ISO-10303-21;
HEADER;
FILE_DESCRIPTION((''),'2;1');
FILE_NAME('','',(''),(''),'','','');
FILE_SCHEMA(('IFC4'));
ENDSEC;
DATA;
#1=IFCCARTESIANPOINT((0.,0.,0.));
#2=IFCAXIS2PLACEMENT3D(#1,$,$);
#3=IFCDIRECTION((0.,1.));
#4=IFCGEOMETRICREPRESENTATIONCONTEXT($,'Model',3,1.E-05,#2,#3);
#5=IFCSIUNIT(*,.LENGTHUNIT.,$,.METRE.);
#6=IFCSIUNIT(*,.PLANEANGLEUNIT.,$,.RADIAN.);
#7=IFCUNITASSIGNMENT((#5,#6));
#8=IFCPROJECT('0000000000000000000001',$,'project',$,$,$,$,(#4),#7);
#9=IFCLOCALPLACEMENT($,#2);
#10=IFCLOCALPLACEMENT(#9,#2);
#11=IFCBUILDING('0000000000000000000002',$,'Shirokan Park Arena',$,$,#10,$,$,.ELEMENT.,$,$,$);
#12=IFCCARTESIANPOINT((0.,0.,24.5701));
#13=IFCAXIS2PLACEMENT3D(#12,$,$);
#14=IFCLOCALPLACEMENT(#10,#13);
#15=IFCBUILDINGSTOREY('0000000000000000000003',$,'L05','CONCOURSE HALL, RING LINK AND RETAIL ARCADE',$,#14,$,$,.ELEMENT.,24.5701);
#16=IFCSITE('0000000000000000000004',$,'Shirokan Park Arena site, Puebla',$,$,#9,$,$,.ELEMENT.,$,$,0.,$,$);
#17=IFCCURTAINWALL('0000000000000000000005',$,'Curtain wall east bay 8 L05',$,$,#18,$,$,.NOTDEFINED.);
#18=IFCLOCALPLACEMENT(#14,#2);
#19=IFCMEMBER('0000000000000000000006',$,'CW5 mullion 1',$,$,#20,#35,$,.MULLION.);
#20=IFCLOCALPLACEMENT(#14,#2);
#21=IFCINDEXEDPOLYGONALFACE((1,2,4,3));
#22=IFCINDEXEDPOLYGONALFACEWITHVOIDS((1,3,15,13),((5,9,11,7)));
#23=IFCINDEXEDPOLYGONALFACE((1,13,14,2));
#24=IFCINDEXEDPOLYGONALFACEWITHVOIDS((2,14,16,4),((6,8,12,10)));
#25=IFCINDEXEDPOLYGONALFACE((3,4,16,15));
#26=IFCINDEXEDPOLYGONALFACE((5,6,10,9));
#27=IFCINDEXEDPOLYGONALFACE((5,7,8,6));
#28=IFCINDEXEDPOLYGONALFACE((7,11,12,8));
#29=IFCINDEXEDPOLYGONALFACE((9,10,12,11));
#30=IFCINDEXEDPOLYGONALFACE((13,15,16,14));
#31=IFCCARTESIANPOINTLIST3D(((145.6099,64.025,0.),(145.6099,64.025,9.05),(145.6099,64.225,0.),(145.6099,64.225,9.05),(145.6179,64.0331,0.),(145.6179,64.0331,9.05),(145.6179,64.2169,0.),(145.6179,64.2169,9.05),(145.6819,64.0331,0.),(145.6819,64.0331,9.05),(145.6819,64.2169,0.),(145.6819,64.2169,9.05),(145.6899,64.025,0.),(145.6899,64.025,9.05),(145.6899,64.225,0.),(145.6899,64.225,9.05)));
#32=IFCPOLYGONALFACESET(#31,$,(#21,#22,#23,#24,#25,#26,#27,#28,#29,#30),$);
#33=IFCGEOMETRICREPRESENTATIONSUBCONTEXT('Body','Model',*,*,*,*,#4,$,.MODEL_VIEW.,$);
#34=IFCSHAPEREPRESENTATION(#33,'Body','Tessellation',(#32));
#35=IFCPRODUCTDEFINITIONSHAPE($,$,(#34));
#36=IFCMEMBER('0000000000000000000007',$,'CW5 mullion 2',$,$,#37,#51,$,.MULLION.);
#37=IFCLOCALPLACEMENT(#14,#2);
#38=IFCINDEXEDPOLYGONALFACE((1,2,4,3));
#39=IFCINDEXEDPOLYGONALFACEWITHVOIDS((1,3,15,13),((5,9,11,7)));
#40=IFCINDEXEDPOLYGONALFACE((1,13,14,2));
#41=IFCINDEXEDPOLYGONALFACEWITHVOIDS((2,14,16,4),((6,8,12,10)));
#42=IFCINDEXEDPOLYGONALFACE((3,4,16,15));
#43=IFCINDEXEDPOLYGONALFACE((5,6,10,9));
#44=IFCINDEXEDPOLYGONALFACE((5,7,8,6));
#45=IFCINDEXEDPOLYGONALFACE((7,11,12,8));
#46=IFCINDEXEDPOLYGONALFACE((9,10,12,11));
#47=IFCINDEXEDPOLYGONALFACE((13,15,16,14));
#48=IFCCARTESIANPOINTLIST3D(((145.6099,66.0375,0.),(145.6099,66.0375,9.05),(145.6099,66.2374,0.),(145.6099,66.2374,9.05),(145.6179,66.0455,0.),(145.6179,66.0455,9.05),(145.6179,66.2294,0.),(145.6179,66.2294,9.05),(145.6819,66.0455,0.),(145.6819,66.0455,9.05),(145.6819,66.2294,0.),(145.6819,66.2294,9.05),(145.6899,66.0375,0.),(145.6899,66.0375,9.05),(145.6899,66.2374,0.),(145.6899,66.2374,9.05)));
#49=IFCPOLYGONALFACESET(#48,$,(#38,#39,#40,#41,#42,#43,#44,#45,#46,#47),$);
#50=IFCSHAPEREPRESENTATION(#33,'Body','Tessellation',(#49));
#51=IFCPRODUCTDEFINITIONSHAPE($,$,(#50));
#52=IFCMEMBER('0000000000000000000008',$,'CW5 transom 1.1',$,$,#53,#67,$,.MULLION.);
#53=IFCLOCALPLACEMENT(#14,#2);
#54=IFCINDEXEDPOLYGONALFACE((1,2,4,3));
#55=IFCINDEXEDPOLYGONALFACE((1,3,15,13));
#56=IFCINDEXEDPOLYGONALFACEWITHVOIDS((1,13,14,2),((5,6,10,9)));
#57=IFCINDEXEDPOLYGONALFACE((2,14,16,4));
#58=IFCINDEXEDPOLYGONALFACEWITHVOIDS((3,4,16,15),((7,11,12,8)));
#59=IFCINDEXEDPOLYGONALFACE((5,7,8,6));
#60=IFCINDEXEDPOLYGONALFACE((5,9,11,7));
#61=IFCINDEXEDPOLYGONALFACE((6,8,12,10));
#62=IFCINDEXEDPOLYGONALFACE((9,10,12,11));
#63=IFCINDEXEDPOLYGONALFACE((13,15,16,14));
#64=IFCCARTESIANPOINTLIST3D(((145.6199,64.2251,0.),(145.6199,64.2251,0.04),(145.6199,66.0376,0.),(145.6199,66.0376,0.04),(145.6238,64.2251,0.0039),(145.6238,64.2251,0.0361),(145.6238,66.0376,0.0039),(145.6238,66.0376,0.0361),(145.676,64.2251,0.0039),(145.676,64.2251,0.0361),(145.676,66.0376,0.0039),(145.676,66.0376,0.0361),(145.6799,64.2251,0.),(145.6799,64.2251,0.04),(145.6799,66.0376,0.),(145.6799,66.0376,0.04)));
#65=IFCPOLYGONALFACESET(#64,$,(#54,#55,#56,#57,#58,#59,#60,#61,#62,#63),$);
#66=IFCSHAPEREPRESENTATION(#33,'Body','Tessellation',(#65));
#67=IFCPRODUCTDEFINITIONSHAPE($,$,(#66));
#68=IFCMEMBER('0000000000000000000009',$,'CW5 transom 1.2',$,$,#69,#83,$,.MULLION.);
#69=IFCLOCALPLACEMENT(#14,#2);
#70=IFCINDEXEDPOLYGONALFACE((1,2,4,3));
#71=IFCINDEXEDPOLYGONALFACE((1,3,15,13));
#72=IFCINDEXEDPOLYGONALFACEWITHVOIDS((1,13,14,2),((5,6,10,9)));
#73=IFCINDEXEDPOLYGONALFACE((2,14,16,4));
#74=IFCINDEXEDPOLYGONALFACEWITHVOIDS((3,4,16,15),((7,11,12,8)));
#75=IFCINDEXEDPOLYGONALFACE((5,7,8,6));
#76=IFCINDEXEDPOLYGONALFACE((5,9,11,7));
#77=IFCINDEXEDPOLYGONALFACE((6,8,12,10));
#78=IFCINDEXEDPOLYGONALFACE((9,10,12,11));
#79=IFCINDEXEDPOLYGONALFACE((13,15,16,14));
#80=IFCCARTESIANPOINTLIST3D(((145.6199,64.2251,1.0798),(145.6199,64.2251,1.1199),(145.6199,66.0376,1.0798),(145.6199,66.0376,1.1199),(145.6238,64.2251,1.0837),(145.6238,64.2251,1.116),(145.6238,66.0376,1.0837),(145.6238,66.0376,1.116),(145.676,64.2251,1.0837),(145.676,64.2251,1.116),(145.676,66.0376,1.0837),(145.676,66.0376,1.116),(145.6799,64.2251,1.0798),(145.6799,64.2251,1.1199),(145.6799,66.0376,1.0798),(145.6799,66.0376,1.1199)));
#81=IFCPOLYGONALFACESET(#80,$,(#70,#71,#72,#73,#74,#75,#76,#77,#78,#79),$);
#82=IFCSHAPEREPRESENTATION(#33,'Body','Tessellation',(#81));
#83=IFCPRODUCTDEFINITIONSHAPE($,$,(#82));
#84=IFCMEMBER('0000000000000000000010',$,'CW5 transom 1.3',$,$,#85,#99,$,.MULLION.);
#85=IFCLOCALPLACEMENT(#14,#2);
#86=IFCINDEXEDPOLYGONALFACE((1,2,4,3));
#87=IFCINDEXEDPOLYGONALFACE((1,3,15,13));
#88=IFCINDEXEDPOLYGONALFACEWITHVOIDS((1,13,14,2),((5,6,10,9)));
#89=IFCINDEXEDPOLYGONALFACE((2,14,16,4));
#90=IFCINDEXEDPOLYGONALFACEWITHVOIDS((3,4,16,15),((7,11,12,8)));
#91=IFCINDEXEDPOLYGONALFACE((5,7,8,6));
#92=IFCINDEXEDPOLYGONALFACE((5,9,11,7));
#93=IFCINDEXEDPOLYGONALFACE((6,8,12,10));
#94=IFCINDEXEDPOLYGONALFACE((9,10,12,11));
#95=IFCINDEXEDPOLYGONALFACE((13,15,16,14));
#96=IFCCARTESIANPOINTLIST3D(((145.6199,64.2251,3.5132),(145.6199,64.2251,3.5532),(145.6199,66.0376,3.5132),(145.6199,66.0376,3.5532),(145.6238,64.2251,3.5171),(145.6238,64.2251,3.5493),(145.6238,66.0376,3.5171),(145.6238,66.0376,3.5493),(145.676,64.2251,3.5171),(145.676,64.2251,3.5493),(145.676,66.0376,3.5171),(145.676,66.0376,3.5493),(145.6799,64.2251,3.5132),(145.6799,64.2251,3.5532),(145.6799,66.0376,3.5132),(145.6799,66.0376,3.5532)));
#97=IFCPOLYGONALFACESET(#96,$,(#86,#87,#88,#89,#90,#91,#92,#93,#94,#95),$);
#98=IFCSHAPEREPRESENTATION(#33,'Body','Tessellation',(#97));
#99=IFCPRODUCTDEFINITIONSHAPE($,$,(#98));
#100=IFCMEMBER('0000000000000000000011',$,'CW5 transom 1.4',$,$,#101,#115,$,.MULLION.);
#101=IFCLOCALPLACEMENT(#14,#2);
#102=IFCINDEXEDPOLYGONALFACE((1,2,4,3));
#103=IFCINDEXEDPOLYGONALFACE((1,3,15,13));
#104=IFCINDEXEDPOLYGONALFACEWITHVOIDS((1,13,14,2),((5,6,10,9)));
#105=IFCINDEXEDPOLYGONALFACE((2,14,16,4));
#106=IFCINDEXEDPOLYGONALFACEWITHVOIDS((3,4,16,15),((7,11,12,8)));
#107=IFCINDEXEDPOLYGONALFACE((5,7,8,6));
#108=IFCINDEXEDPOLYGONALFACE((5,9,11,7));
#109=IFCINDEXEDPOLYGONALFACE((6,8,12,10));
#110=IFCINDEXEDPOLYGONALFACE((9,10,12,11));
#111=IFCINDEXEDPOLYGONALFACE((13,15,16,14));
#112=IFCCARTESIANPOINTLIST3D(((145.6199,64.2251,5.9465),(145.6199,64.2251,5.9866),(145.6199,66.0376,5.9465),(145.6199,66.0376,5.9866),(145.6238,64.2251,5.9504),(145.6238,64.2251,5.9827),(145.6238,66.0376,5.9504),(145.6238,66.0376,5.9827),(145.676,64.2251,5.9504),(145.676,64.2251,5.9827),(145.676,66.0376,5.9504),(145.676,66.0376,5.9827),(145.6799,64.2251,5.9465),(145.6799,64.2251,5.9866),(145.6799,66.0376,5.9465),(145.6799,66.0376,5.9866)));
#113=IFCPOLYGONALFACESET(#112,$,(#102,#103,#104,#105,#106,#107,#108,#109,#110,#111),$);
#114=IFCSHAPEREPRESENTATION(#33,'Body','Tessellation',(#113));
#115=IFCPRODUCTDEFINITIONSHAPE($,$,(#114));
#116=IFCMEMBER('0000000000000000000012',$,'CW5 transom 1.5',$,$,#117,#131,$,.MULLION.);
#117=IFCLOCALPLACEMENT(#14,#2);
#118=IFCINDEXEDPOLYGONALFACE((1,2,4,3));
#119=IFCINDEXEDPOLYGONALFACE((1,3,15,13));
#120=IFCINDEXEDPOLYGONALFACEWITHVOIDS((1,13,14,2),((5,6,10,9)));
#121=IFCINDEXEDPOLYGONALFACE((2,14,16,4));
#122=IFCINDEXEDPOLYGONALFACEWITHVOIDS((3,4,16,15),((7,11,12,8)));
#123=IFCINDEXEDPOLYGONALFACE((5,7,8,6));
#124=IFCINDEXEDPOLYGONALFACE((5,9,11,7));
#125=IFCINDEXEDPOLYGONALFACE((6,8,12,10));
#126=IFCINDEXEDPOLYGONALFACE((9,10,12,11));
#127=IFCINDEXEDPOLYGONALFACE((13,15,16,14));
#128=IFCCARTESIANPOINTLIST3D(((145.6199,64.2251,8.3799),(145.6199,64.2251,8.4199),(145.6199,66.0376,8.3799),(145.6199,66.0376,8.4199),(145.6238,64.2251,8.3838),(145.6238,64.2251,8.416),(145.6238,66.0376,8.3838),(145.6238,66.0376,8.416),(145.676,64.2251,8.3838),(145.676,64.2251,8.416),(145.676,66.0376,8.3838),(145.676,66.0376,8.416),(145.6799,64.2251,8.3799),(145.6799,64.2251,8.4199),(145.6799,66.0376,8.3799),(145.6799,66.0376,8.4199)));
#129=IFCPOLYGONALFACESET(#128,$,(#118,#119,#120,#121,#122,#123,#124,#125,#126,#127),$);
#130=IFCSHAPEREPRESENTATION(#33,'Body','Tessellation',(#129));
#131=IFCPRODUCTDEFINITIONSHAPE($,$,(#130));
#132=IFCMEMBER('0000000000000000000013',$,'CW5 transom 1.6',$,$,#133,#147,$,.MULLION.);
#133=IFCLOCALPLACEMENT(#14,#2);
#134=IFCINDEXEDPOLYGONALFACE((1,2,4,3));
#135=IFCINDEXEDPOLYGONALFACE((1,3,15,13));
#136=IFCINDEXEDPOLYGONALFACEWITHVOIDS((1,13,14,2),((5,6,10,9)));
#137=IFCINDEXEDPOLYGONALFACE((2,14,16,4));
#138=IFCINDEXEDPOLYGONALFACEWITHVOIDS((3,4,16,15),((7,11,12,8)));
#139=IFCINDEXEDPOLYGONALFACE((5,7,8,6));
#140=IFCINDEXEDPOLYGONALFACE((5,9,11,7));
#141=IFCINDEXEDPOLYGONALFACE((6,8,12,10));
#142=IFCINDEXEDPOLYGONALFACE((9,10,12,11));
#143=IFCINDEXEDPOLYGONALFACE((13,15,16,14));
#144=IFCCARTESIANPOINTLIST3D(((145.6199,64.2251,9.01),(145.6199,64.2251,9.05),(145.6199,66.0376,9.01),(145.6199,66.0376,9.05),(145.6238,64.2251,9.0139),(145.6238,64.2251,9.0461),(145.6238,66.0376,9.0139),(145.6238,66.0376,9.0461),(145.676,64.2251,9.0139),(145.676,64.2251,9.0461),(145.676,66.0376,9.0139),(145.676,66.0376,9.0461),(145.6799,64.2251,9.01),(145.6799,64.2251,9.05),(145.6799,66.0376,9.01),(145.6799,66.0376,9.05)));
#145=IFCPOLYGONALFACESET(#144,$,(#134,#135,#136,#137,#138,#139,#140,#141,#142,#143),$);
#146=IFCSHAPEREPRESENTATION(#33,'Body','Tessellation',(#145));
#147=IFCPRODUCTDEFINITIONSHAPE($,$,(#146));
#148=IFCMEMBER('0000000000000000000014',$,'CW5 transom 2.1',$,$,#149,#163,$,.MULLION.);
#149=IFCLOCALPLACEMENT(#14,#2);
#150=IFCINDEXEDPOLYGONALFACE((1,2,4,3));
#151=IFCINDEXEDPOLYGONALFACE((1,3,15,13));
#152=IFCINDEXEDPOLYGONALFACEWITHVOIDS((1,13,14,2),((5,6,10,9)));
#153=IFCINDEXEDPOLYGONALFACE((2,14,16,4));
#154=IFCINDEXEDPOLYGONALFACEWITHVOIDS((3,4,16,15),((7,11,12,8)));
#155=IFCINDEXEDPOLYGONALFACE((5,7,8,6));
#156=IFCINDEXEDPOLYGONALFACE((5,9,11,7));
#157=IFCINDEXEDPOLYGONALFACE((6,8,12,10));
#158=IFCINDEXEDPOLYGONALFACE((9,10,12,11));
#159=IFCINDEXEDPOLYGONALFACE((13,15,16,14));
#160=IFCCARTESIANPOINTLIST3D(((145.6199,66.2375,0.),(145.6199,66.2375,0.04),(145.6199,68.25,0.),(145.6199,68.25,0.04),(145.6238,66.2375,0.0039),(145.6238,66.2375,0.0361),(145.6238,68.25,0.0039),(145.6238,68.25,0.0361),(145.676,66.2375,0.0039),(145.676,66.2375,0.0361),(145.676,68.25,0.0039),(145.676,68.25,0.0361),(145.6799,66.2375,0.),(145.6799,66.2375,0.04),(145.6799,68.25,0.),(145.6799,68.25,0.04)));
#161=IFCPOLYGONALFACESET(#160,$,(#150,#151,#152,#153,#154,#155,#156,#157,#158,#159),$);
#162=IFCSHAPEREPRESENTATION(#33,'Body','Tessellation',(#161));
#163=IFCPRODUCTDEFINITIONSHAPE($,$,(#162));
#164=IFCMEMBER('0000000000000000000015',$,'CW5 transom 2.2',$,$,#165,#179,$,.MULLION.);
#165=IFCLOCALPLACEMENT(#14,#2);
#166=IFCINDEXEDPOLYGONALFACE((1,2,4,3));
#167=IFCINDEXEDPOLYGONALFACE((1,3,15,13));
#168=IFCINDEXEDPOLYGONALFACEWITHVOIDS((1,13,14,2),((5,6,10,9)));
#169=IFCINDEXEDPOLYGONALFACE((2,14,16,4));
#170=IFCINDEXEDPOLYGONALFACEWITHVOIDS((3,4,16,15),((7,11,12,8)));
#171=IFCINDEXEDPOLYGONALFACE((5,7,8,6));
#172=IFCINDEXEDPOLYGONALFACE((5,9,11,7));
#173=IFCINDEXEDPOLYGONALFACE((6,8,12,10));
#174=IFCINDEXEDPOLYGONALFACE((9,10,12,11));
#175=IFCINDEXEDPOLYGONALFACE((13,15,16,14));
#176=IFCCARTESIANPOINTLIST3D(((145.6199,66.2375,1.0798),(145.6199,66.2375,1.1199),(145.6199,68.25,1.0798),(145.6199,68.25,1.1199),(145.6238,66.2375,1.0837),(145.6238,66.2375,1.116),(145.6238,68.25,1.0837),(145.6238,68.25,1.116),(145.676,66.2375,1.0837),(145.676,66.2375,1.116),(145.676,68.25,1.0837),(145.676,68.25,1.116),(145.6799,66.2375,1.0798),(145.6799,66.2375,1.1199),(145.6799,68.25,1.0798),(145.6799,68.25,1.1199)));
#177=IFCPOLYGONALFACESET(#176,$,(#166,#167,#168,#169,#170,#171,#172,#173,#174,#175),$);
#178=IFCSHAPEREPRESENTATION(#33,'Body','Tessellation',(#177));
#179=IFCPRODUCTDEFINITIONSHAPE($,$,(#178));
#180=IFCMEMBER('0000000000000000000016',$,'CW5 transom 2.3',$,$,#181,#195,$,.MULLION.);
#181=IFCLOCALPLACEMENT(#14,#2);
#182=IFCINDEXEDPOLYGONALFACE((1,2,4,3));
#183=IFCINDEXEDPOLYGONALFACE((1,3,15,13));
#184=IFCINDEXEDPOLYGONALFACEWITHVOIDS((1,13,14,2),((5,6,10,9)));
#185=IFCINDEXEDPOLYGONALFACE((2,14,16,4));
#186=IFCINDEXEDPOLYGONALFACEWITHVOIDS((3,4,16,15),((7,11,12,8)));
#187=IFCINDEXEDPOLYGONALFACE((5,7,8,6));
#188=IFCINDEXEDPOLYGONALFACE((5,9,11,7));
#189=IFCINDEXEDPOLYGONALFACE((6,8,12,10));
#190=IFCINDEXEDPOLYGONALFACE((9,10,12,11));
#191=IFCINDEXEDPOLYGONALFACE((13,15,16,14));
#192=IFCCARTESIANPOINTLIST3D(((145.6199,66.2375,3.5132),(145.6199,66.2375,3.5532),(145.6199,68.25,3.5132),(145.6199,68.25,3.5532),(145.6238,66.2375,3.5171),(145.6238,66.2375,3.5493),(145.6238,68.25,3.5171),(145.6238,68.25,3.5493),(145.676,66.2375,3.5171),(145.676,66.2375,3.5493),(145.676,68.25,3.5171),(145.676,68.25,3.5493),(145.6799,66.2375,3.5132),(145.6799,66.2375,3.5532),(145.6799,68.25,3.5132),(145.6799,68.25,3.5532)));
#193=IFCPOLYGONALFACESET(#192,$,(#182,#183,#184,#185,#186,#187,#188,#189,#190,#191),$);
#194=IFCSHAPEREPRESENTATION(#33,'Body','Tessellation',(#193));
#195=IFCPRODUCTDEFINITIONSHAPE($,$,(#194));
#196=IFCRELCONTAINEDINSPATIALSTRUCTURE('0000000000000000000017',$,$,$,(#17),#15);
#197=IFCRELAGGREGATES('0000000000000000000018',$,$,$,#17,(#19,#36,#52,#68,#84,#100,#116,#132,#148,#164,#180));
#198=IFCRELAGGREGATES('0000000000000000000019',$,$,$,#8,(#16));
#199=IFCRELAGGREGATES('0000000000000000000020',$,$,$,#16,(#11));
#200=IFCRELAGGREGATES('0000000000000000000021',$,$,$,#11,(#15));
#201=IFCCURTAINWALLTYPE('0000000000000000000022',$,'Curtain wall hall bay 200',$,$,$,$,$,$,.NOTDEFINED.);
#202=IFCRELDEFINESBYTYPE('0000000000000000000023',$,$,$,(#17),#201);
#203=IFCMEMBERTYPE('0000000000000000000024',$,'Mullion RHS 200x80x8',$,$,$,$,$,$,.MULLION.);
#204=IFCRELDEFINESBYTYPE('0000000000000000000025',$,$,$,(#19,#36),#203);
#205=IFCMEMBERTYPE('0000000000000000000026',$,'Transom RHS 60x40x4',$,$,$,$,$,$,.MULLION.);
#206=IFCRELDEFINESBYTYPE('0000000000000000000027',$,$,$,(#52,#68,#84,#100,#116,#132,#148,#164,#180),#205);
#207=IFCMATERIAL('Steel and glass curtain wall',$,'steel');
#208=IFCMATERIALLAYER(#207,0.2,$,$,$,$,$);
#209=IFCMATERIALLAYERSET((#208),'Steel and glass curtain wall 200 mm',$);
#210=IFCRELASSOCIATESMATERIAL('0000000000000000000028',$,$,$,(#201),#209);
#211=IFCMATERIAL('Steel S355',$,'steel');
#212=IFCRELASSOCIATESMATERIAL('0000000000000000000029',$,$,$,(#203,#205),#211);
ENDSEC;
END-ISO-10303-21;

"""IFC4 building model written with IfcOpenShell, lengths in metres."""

from ifc_helpers import new_model, si_unit, direction, frame, origin, origin_2d, place, context, subcontext, project, spatial, hollow_rectangle, extrude, material, layer, layer_set, material_profile, profile_set, type_object, element, aggregate, save


model = new_model("IFC4")

# Units and contexts
model_context = context("Model", 3, precision=1e-05, world=origin(), true_north=direction((0.0, 1.0)))
body_context = subcontext(model_context, "Body", "Model", "MODEL_VIEW")
ifc_project = project(units=[si_unit("LENGTHUNIT", "METRE"), si_unit("PLANEANGLEUNIT", "RADIAN")], contexts=[model_context])

# Site, building, storey
site_placement = place(None, origin())
site = spatial("IfcSite", under=ifc_project, at=site_placement, Name="Shirokan Park Arena site, Puebla", CompositionType="ELEMENT", RefElevation=0.0)
building_placement = place(site_placement, origin())
building = spatial("IfcBuilding", under=site, at=building_placement, Name="Shirokan Park Arena", CompositionType="ELEMENT")
storey_placement = place(building_placement, frame((0.0, 0.0, 24.5701)))
storey = spatial("IfcBuildingStorey", under=building, at=storey_placement, Name="L05", Description="CONCOURSE HALL, RING LINK AND RETAIL ARCADE", CompositionType="ELEMENT", Elevation=24.5701)

# Curtain wall, members
ifc_material_1 = material(Name="Steel and glass curtain wall", Category="steel")
ifc_layer_1 = layer(ifc_material_1, 0.2)
ifc_layer_set_1 = layer_set([ifc_layer_1], Name="Steel and glass curtain wall 200 mm")
curtain_wall_type = type_object("IfcCurtainWallType", Name="Curtain wall hall bay 200", PredefinedType="NOTDEFINED", material=ifc_layer_set_1)
curtain_wall_placement = place(storey_placement, origin())
curtain_wall = element("IfcCurtainWall", 1, at=curtain_wall_placement, inside=storey, type_object=curtain_wall_type, Name="Curtain wall east bay 8 L05", PredefinedType="NOTDEFINED")
ifc_material_2 = material(Name="Steel S355", Category="steel")
ifc_material_profile_1 = material_profile(ifc_material_2, hollow_rectangle(XDim=0.0801, YDim=0.2, WallThickness=0.0081, at=origin_2d()), Name="RHS 200x80x8")
ifc_profile_set_1 = profile_set([ifc_material_profile_1], Name="Steel S355")
member_type_1 = type_object("IfcMemberType", Name="Mullion RHS 200x80x8", PredefinedType="MULLION", material=ifc_profile_set_1)
member_1_placement = place(storey_placement, frame((145.6499, 64.125, 0.0), z_axis=(0.0, 0.0, 1.0), x_axis=(-1.0, 0.0, 0.0)))
member_1 = element("IfcMember", 2, at=member_1_placement, type_object=member_type_1, Name="CW5 mullion 1", PredefinedType="MULLION", context=body_context, shape_type="SweptSolid", body=[
    extrude(hollow_rectangle(XDim=0.0801, YDim=0.2, WallThickness=0.0081, at=origin_2d()), origin(), (0.0, 0.0, 1.0), 9.05),
])
member_2_placement = place(storey_placement, frame((145.6499, 66.1375, 0.0), z_axis=(0.0, 0.0, 1.0), x_axis=(-1.0, 0.0, 0.0)))
member_2 = element("IfcMember", 3, at=member_2_placement, type_object=member_type_1, Name="CW5 mullion 2", PredefinedType="MULLION", context=body_context, shape_type="SweptSolid", body=[
    extrude(hollow_rectangle(XDim=0.0801, YDim=0.2, WallThickness=0.0081, at=origin_2d()), origin(), (0.0, 0.0, 1.0), 9.05),
])
ifc_material_profile_2 = material_profile(ifc_material_2, hollow_rectangle(XDim=0.0601, YDim=0.04, WallThickness=0.0039, at=origin_2d()), Name="RHS 60x40x4")
ifc_profile_set_2 = profile_set([ifc_material_profile_2], Name="Steel S355")
member_type_2 = type_object("IfcMemberType", Name="Transom RHS 60x40x4", PredefinedType="MULLION", material=ifc_profile_set_2)
member_3_placement = place(storey_placement, frame((145.6499, 64.2251, 0.02), z_axis=(0.0, 1.0, 0.0), x_axis=(-1.0, 0.0, 0.0)))
member_3 = element("IfcMember", 4, at=member_3_placement, type_object=member_type_2, Name="CW5 transom 1.1", PredefinedType="MULLION", context=body_context, shape_type="SweptSolid", body=[
    extrude(hollow_rectangle(XDim=0.0601, YDim=0.04, WallThickness=0.0039, at=origin_2d()), origin(), (0.0, 0.0, 1.0), 1.8125),
])
member_4_placement = place(storey_placement, frame((145.6499, 64.2251, 1.0999), z_axis=(0.0, 1.0, 0.0), x_axis=(-1.0, 0.0, 0.0)))
member_4 = element("IfcMember", 5, at=member_4_placement, type_object=member_type_2, Name="CW5 transom 1.2", PredefinedType="MULLION", context=body_context, shape_type="SweptSolid", body=[
    extrude(hollow_rectangle(XDim=0.0601, YDim=0.04, WallThickness=0.0039, at=origin_2d()), origin(), (0.0, 0.0, 1.0), 1.8125),
])
member_5_placement = place(storey_placement, frame((145.6499, 64.2251, 3.5332), z_axis=(0.0, 1.0, 0.0), x_axis=(-1.0, 0.0, 0.0)))
member_5 = element("IfcMember", 6, at=member_5_placement, type_object=member_type_2, Name="CW5 transom 1.3", PredefinedType="MULLION", context=body_context, shape_type="SweptSolid", body=[
    extrude(hollow_rectangle(XDim=0.0601, YDim=0.04, WallThickness=0.0039, at=origin_2d()), origin(), (0.0, 0.0, 1.0), 1.8125),
])
member_6_placement = place(storey_placement, frame((145.6499, 64.2251, 5.9666), z_axis=(0.0, 1.0, 0.0), x_axis=(-1.0, 0.0, 0.0)))
member_6 = element("IfcMember", 7, at=member_6_placement, type_object=member_type_2, Name="CW5 transom 1.4", PredefinedType="MULLION", context=body_context, shape_type="SweptSolid", body=[
    extrude(hollow_rectangle(XDim=0.0601, YDim=0.04, WallThickness=0.0039, at=origin_2d()), origin(), (0.0, 0.0, 1.0), 1.8125),
])
member_7_placement = place(storey_placement, frame((145.6499, 64.2251, 8.3999), z_axis=(0.0, 1.0, 0.0), x_axis=(-1.0, 0.0, 0.0)))
member_7 = element("IfcMember", 8, at=member_7_placement, type_object=member_type_2, Name="CW5 transom 1.5", PredefinedType="MULLION", context=body_context, shape_type="SweptSolid", body=[
    extrude(hollow_rectangle(XDim=0.0601, YDim=0.04, WallThickness=0.0039, at=origin_2d()), origin(), (0.0, 0.0, 1.0), 1.8125),
])
member_8_placement = place(storey_placement, frame((145.6499, 64.2251, 9.03), z_axis=(0.0, 1.0, 0.0), x_axis=(-1.0, 0.0, 0.0)))
member_8 = element("IfcMember", 9, at=member_8_placement, type_object=member_type_2, Name="CW5 transom 1.6", PredefinedType="MULLION", context=body_context, shape_type="SweptSolid", body=[
    extrude(hollow_rectangle(XDim=0.0601, YDim=0.04, WallThickness=0.0039, at=origin_2d()), origin(), (0.0, 0.0, 1.0), 1.8125),
])
member_9_placement = place(storey_placement, frame((145.6499, 66.2375, 0.02), z_axis=(0.0, 1.0, 0.0), x_axis=(-1.0, 0.0, 0.0)))
member_9 = element("IfcMember", 10, at=member_9_placement, type_object=member_type_2, Name="CW5 transom 2.1", PredefinedType="MULLION", context=body_context, shape_type="SweptSolid", body=[
    extrude(hollow_rectangle(XDim=0.0601, YDim=0.04, WallThickness=0.0039, at=origin_2d()), origin(), (0.0, 0.0, 1.0), 2.0125),
])
member_10_placement = place(storey_placement, frame((145.6499, 66.2375, 1.0999), z_axis=(0.0, 1.0, 0.0), x_axis=(-1.0, 0.0, 0.0)))
member_10 = element("IfcMember", 11, at=member_10_placement, type_object=member_type_2, Name="CW5 transom 2.2", PredefinedType="MULLION", context=body_context, shape_type="SweptSolid", body=[
    extrude(hollow_rectangle(XDim=0.0601, YDim=0.04, WallThickness=0.0039, at=origin_2d()), origin(), (0.0, 0.0, 1.0), 2.0125),
])
member_11_placement = place(storey_placement, frame((145.6499, 66.2375, 3.5332), z_axis=(0.0, 1.0, 0.0), x_axis=(-1.0, 0.0, 0.0)))
member_11 = element("IfcMember", 12, at=member_11_placement, type_object=member_type_2, Name="CW5 transom 2.3", PredefinedType="MULLION", context=body_context, shape_type="SweptSolid", body=[
    extrude(hollow_rectangle(XDim=0.0601, YDim=0.04, WallThickness=0.0039, at=origin_2d()), origin(), (0.0, 0.0, 1.0), 2.0125),
])
aggregate(curtain_wall, [member_1, member_2, member_3, member_4, member_5, member_6, member_7, member_8, member_9, member_10, member_11])

save(model, "model.ifc")
